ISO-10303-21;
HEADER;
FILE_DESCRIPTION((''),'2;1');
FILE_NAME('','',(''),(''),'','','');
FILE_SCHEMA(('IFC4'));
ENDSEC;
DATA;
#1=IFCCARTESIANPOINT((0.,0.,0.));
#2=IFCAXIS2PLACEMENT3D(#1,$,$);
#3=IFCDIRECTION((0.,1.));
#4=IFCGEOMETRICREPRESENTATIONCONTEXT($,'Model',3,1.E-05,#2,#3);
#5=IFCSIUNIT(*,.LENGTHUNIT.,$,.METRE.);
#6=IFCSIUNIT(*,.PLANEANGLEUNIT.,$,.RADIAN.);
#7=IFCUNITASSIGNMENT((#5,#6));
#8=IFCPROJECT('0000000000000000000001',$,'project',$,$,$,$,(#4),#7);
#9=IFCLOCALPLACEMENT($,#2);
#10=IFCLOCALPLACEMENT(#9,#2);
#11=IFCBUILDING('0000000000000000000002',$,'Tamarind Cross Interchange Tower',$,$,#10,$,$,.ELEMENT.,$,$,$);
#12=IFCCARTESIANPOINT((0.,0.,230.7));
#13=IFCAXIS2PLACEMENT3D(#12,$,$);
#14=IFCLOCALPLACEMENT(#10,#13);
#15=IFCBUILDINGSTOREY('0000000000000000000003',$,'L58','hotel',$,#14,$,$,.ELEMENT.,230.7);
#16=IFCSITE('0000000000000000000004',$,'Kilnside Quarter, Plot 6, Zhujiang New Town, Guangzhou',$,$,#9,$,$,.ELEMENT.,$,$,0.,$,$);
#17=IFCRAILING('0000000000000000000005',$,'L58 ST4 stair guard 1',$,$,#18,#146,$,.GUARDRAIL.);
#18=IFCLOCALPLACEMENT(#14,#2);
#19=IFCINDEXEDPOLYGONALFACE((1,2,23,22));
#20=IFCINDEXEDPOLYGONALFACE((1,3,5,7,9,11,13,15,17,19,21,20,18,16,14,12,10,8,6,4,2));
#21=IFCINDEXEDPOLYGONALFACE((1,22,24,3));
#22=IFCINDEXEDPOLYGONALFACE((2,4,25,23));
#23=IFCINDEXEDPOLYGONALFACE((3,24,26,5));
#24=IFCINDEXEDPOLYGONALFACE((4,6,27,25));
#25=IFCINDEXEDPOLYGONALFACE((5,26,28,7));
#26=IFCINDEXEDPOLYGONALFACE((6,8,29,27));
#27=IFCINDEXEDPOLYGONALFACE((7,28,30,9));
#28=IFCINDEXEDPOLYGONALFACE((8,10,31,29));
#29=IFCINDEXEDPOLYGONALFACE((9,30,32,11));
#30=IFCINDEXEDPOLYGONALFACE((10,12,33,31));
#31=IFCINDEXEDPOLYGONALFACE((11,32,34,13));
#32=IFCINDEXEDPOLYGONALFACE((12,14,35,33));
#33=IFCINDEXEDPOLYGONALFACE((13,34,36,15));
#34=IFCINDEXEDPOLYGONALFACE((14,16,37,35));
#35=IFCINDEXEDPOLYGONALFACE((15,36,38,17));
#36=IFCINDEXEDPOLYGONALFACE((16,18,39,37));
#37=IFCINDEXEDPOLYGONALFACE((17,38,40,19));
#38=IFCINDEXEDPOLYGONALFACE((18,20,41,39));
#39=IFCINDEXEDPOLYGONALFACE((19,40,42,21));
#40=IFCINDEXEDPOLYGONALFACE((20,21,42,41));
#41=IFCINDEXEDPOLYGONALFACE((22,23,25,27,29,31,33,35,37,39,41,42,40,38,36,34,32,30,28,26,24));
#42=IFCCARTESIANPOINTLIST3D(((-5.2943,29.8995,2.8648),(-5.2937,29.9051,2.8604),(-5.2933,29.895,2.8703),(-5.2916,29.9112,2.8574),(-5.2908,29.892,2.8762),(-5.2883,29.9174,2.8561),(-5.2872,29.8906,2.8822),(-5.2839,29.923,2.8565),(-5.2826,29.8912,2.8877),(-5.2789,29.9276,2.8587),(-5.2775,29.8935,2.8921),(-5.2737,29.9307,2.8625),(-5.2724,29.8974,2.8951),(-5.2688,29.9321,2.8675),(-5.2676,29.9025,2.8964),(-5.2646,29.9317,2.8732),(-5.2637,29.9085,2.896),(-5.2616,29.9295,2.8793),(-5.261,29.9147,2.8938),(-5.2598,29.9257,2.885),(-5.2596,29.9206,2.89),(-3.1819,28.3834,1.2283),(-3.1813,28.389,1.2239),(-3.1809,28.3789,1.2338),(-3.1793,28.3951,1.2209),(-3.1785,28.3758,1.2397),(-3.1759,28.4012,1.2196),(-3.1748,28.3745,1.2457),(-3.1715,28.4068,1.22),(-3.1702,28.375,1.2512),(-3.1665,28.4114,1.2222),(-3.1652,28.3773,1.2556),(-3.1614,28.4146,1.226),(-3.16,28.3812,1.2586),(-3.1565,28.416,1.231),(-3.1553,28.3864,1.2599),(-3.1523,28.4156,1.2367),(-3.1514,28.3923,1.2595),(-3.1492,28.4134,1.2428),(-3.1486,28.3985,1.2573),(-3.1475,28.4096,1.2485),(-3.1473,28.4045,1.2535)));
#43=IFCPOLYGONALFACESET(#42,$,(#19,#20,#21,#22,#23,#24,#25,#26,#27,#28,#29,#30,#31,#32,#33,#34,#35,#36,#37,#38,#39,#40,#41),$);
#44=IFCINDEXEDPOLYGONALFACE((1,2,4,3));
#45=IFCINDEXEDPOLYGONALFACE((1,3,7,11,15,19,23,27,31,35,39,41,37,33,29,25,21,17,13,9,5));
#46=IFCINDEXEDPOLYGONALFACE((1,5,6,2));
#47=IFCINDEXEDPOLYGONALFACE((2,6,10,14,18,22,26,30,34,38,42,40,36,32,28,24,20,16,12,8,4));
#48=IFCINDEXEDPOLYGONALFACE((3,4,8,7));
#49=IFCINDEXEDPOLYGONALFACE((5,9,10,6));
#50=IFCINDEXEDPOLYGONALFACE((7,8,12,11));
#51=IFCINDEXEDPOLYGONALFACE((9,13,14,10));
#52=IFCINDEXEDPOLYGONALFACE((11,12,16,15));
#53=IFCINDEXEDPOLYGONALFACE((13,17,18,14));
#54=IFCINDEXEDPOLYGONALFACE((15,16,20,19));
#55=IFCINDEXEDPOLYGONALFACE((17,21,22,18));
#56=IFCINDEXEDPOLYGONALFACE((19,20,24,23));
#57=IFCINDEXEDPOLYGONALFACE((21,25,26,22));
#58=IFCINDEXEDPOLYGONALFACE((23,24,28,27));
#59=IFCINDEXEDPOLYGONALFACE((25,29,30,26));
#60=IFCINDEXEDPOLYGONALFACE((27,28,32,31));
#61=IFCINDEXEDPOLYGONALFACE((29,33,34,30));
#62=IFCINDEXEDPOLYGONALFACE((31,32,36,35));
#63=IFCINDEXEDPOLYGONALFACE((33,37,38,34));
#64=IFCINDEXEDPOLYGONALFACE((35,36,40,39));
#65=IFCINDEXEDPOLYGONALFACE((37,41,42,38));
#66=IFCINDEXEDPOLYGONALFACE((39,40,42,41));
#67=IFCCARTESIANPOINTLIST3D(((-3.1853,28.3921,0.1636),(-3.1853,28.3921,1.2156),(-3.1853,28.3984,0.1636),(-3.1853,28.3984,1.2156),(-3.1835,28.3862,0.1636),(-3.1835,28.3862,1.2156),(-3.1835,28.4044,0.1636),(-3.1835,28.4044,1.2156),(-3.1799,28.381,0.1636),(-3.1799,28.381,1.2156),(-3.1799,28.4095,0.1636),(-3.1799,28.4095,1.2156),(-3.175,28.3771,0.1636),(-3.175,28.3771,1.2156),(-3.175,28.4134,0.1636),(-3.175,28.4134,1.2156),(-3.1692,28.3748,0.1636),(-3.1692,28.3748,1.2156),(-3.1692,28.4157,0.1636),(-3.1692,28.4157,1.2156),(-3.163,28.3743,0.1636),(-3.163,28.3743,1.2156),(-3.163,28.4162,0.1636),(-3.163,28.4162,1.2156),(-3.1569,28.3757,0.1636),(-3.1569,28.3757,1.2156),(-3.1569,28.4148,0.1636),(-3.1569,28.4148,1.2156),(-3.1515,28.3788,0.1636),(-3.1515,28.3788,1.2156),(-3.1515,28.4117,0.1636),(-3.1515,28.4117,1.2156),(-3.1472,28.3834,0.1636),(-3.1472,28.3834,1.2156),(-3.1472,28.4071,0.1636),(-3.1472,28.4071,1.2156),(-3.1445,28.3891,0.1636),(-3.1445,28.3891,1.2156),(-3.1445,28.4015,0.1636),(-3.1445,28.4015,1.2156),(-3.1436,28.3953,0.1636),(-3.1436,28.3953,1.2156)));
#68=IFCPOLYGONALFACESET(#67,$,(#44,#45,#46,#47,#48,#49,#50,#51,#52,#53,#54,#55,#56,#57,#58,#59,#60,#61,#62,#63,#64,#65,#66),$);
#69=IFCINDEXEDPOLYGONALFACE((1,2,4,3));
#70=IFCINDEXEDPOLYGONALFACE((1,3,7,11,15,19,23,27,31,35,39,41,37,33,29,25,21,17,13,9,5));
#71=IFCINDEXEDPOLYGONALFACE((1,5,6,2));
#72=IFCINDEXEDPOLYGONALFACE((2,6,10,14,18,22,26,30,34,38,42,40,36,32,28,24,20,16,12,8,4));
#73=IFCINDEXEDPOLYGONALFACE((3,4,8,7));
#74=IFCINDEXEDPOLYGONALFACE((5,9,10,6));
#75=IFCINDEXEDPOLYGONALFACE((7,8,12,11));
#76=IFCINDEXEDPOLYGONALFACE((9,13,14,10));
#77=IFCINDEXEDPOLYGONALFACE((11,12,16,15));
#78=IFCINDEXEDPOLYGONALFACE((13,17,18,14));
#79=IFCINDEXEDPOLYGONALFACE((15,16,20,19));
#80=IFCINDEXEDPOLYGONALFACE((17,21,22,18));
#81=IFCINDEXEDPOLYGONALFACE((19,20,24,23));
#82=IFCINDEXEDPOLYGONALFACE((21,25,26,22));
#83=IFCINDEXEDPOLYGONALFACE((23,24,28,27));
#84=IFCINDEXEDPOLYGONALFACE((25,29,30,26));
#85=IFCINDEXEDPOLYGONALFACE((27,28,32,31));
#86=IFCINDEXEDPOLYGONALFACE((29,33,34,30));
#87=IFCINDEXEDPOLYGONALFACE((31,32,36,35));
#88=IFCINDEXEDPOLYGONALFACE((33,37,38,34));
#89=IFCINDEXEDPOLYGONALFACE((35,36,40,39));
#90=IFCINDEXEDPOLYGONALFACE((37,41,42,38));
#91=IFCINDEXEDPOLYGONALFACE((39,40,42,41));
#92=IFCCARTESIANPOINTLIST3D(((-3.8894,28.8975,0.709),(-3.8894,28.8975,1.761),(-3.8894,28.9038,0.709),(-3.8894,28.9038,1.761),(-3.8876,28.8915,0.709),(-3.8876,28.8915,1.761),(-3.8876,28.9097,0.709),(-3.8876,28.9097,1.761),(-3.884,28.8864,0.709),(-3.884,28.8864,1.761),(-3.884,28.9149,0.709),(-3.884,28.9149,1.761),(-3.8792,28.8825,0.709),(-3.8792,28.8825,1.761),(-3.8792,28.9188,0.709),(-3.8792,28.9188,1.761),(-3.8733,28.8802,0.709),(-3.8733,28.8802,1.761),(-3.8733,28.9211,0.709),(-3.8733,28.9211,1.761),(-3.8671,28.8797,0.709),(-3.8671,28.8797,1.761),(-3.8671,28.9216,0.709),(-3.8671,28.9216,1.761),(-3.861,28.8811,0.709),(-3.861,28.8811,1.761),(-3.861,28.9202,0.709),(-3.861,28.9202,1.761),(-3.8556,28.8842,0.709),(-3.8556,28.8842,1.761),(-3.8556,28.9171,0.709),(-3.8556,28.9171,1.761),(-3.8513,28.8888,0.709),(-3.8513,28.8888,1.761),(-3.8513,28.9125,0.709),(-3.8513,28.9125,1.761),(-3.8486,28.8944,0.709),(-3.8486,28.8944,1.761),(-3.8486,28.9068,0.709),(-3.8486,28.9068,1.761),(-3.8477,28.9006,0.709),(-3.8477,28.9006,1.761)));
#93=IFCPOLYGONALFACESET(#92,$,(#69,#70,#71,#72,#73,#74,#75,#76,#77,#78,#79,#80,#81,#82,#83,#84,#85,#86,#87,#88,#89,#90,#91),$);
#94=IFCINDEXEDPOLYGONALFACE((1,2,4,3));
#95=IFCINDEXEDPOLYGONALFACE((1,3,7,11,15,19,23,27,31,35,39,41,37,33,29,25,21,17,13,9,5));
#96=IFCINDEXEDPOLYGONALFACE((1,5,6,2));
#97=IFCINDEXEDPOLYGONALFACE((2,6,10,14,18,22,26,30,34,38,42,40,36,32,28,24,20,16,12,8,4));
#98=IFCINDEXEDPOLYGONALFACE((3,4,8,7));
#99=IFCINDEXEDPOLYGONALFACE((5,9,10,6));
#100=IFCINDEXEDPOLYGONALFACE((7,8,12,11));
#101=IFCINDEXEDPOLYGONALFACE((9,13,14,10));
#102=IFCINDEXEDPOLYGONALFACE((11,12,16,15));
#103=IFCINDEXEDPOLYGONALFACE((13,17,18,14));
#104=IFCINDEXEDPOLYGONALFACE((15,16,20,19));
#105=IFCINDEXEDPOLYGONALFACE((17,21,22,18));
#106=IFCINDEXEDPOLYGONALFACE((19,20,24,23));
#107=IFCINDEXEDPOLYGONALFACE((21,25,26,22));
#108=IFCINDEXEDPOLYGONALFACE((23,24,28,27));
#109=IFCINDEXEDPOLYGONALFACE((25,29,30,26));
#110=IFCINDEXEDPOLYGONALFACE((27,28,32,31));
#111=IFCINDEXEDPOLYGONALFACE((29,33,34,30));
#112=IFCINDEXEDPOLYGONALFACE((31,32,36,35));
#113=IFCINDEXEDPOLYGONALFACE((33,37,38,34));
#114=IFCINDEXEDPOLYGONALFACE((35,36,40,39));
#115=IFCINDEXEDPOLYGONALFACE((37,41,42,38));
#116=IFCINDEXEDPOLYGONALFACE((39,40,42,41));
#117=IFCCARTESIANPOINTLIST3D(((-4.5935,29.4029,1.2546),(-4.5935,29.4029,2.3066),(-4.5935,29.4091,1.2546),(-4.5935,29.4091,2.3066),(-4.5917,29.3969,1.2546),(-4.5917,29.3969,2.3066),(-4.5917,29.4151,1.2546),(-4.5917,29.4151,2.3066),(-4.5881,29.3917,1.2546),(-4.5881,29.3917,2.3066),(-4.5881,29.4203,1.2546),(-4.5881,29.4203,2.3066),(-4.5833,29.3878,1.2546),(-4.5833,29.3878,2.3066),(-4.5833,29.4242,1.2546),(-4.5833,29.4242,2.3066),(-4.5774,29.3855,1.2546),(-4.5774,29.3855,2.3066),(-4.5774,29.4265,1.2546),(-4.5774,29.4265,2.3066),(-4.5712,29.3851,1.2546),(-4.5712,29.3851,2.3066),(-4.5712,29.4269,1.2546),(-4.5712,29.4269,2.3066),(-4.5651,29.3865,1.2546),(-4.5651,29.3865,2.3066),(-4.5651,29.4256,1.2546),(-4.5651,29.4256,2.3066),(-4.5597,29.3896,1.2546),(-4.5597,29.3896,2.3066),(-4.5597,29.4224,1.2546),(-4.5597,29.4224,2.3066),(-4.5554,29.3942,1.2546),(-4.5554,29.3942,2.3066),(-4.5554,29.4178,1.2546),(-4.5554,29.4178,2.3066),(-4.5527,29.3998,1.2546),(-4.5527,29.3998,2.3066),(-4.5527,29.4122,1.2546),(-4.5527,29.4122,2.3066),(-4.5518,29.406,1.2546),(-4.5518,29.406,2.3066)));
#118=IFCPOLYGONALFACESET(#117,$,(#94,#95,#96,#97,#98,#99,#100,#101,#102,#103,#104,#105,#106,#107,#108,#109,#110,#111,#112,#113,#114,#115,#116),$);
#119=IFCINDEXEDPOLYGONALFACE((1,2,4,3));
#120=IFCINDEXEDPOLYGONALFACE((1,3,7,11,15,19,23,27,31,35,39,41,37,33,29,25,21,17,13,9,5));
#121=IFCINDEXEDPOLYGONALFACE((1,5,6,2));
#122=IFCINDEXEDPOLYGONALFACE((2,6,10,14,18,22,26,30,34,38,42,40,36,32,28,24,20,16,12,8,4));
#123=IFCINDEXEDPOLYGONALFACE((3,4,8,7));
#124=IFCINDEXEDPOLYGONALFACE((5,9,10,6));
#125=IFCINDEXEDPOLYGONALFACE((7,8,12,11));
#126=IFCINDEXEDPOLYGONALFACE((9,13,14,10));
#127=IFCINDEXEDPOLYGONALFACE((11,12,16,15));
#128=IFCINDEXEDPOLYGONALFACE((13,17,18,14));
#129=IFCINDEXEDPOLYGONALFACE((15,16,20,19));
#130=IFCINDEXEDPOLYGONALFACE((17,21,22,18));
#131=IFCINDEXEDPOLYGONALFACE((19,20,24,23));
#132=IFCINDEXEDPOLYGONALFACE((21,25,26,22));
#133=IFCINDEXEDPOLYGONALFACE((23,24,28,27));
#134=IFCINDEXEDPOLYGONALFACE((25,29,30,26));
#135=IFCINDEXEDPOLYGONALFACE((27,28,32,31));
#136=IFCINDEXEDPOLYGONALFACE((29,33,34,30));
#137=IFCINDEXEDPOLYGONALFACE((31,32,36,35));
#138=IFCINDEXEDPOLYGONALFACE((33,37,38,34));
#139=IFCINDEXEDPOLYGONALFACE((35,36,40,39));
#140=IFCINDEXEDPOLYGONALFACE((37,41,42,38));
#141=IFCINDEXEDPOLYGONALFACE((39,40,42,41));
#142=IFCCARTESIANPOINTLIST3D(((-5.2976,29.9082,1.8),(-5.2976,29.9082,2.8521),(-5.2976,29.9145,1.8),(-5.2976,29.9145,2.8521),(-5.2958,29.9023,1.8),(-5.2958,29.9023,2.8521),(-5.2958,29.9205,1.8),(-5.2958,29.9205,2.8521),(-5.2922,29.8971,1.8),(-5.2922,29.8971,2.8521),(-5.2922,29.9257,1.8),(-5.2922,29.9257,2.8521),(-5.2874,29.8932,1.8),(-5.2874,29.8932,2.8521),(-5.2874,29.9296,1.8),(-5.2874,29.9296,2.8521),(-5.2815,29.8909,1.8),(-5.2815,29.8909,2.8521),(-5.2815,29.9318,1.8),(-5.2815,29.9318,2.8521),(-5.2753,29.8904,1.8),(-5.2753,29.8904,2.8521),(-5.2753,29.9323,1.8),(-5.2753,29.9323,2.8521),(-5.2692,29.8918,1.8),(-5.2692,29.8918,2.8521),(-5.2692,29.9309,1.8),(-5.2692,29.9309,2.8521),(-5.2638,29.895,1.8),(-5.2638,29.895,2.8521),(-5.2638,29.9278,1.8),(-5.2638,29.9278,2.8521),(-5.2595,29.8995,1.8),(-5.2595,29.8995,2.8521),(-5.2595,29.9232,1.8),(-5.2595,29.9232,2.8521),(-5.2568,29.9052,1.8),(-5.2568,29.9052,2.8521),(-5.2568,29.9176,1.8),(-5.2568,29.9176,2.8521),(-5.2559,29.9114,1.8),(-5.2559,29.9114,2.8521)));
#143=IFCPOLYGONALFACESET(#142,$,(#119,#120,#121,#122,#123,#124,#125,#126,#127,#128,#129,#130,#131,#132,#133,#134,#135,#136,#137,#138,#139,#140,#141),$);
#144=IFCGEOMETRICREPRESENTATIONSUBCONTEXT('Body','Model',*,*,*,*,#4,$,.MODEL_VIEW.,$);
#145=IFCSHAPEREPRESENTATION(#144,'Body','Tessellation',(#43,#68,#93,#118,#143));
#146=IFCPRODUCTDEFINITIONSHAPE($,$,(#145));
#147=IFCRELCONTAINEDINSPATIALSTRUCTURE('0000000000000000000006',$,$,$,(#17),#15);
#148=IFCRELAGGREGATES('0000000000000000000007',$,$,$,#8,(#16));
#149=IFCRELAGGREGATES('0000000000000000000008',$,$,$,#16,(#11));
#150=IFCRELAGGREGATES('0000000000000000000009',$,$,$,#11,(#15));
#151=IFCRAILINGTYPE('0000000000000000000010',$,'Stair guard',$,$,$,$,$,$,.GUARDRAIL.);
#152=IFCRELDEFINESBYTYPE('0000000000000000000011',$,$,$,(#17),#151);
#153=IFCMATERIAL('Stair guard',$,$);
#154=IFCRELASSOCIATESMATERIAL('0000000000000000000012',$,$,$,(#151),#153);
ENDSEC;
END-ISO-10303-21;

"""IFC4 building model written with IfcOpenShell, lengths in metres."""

from ifc_helpers import new_model, si_unit, direction, frame, origin, origin_2d, place, context, subcontext, project, spatial, circle, extrude, material, type_object, element, save


model = new_model("IFC4")

# Units and contexts
model_context = context("Model", 3, precision=1e-05, world=origin(), true_north=direction((0.0, 1.0)))
body_context = subcontext(model_context, "Body", "Model", "MODEL_VIEW")
ifc_project = project(units=[si_unit("LENGTHUNIT", "METRE"), si_unit("PLANEANGLEUNIT", "RADIAN")], contexts=[model_context])

# Site, building, storey
site_placement = place(None, origin())
site = spatial("IfcSite", under=ifc_project, at=site_placement, Name="Kilnside Quarter, Plot 6, Zhujiang New Town, Guangzhou", CompositionType="ELEMENT", RefElevation=0.0)
building_placement = place(site_placement, origin())
building = spatial("IfcBuilding", under=site, at=building_placement, Name="Tamarind Cross Interchange Tower", CompositionType="ELEMENT")
storey_placement = place(building_placement, frame((0.0, 0.0, 230.7)))
storey = spatial("IfcBuildingStorey", under=building, at=storey_placement, Name="L58", Description="hotel", CompositionType="ELEMENT", Elevation=230.7)

# Railing
ifc_material_1 = material(Name="Stair guard")
railing_type_1 = type_object("IfcRailingType", Name="Stair guard", PredefinedType="GUARDRAIL", material=ifc_material_1)
railing_1_placement = place(storey_placement, frame((-3.1646, 28.3953, 0.1636)))
element("IfcRailing", 1, at=railing_1_placement, inside=storey, type_object=railing_type_1, Name="L58 ST4 stair guard 1", PredefinedType="GUARDRAIL", context=body_context, shape_type="SweptSolid", body=[
    extrude(circle(Radius=0.0239, at=origin_2d()), frame((0.0, 0.0, 1.0762), z_axis=(-0.687552, 0.493493, 0.53267), x_axis=(-0.583102, -0.812399, 0.0)), (0.0, 0.0, 1.0), 3.0723),
    extrude(circle(Radius=0.021, at=origin_2d()), origin(), (0.0, 0.0, 1.0), 1.052),
    extrude(circle(Radius=0.021, at=origin_2d()), frame((-0.7041, 0.5054, 0.5454)), (0.0, 0.0, 1.0), 1.052),
    extrude(circle(Radius=0.021, at=origin_2d()), frame((-1.4082, 1.0107, 1.0911)), (0.0, 0.0, 1.0), 1.052),
    extrude(circle(Radius=0.021, at=origin_2d()), frame((-2.1123, 1.5161, 1.6365)), (0.0, 0.0, 1.0), 1.052),
])

save(model, "model.ifc")
